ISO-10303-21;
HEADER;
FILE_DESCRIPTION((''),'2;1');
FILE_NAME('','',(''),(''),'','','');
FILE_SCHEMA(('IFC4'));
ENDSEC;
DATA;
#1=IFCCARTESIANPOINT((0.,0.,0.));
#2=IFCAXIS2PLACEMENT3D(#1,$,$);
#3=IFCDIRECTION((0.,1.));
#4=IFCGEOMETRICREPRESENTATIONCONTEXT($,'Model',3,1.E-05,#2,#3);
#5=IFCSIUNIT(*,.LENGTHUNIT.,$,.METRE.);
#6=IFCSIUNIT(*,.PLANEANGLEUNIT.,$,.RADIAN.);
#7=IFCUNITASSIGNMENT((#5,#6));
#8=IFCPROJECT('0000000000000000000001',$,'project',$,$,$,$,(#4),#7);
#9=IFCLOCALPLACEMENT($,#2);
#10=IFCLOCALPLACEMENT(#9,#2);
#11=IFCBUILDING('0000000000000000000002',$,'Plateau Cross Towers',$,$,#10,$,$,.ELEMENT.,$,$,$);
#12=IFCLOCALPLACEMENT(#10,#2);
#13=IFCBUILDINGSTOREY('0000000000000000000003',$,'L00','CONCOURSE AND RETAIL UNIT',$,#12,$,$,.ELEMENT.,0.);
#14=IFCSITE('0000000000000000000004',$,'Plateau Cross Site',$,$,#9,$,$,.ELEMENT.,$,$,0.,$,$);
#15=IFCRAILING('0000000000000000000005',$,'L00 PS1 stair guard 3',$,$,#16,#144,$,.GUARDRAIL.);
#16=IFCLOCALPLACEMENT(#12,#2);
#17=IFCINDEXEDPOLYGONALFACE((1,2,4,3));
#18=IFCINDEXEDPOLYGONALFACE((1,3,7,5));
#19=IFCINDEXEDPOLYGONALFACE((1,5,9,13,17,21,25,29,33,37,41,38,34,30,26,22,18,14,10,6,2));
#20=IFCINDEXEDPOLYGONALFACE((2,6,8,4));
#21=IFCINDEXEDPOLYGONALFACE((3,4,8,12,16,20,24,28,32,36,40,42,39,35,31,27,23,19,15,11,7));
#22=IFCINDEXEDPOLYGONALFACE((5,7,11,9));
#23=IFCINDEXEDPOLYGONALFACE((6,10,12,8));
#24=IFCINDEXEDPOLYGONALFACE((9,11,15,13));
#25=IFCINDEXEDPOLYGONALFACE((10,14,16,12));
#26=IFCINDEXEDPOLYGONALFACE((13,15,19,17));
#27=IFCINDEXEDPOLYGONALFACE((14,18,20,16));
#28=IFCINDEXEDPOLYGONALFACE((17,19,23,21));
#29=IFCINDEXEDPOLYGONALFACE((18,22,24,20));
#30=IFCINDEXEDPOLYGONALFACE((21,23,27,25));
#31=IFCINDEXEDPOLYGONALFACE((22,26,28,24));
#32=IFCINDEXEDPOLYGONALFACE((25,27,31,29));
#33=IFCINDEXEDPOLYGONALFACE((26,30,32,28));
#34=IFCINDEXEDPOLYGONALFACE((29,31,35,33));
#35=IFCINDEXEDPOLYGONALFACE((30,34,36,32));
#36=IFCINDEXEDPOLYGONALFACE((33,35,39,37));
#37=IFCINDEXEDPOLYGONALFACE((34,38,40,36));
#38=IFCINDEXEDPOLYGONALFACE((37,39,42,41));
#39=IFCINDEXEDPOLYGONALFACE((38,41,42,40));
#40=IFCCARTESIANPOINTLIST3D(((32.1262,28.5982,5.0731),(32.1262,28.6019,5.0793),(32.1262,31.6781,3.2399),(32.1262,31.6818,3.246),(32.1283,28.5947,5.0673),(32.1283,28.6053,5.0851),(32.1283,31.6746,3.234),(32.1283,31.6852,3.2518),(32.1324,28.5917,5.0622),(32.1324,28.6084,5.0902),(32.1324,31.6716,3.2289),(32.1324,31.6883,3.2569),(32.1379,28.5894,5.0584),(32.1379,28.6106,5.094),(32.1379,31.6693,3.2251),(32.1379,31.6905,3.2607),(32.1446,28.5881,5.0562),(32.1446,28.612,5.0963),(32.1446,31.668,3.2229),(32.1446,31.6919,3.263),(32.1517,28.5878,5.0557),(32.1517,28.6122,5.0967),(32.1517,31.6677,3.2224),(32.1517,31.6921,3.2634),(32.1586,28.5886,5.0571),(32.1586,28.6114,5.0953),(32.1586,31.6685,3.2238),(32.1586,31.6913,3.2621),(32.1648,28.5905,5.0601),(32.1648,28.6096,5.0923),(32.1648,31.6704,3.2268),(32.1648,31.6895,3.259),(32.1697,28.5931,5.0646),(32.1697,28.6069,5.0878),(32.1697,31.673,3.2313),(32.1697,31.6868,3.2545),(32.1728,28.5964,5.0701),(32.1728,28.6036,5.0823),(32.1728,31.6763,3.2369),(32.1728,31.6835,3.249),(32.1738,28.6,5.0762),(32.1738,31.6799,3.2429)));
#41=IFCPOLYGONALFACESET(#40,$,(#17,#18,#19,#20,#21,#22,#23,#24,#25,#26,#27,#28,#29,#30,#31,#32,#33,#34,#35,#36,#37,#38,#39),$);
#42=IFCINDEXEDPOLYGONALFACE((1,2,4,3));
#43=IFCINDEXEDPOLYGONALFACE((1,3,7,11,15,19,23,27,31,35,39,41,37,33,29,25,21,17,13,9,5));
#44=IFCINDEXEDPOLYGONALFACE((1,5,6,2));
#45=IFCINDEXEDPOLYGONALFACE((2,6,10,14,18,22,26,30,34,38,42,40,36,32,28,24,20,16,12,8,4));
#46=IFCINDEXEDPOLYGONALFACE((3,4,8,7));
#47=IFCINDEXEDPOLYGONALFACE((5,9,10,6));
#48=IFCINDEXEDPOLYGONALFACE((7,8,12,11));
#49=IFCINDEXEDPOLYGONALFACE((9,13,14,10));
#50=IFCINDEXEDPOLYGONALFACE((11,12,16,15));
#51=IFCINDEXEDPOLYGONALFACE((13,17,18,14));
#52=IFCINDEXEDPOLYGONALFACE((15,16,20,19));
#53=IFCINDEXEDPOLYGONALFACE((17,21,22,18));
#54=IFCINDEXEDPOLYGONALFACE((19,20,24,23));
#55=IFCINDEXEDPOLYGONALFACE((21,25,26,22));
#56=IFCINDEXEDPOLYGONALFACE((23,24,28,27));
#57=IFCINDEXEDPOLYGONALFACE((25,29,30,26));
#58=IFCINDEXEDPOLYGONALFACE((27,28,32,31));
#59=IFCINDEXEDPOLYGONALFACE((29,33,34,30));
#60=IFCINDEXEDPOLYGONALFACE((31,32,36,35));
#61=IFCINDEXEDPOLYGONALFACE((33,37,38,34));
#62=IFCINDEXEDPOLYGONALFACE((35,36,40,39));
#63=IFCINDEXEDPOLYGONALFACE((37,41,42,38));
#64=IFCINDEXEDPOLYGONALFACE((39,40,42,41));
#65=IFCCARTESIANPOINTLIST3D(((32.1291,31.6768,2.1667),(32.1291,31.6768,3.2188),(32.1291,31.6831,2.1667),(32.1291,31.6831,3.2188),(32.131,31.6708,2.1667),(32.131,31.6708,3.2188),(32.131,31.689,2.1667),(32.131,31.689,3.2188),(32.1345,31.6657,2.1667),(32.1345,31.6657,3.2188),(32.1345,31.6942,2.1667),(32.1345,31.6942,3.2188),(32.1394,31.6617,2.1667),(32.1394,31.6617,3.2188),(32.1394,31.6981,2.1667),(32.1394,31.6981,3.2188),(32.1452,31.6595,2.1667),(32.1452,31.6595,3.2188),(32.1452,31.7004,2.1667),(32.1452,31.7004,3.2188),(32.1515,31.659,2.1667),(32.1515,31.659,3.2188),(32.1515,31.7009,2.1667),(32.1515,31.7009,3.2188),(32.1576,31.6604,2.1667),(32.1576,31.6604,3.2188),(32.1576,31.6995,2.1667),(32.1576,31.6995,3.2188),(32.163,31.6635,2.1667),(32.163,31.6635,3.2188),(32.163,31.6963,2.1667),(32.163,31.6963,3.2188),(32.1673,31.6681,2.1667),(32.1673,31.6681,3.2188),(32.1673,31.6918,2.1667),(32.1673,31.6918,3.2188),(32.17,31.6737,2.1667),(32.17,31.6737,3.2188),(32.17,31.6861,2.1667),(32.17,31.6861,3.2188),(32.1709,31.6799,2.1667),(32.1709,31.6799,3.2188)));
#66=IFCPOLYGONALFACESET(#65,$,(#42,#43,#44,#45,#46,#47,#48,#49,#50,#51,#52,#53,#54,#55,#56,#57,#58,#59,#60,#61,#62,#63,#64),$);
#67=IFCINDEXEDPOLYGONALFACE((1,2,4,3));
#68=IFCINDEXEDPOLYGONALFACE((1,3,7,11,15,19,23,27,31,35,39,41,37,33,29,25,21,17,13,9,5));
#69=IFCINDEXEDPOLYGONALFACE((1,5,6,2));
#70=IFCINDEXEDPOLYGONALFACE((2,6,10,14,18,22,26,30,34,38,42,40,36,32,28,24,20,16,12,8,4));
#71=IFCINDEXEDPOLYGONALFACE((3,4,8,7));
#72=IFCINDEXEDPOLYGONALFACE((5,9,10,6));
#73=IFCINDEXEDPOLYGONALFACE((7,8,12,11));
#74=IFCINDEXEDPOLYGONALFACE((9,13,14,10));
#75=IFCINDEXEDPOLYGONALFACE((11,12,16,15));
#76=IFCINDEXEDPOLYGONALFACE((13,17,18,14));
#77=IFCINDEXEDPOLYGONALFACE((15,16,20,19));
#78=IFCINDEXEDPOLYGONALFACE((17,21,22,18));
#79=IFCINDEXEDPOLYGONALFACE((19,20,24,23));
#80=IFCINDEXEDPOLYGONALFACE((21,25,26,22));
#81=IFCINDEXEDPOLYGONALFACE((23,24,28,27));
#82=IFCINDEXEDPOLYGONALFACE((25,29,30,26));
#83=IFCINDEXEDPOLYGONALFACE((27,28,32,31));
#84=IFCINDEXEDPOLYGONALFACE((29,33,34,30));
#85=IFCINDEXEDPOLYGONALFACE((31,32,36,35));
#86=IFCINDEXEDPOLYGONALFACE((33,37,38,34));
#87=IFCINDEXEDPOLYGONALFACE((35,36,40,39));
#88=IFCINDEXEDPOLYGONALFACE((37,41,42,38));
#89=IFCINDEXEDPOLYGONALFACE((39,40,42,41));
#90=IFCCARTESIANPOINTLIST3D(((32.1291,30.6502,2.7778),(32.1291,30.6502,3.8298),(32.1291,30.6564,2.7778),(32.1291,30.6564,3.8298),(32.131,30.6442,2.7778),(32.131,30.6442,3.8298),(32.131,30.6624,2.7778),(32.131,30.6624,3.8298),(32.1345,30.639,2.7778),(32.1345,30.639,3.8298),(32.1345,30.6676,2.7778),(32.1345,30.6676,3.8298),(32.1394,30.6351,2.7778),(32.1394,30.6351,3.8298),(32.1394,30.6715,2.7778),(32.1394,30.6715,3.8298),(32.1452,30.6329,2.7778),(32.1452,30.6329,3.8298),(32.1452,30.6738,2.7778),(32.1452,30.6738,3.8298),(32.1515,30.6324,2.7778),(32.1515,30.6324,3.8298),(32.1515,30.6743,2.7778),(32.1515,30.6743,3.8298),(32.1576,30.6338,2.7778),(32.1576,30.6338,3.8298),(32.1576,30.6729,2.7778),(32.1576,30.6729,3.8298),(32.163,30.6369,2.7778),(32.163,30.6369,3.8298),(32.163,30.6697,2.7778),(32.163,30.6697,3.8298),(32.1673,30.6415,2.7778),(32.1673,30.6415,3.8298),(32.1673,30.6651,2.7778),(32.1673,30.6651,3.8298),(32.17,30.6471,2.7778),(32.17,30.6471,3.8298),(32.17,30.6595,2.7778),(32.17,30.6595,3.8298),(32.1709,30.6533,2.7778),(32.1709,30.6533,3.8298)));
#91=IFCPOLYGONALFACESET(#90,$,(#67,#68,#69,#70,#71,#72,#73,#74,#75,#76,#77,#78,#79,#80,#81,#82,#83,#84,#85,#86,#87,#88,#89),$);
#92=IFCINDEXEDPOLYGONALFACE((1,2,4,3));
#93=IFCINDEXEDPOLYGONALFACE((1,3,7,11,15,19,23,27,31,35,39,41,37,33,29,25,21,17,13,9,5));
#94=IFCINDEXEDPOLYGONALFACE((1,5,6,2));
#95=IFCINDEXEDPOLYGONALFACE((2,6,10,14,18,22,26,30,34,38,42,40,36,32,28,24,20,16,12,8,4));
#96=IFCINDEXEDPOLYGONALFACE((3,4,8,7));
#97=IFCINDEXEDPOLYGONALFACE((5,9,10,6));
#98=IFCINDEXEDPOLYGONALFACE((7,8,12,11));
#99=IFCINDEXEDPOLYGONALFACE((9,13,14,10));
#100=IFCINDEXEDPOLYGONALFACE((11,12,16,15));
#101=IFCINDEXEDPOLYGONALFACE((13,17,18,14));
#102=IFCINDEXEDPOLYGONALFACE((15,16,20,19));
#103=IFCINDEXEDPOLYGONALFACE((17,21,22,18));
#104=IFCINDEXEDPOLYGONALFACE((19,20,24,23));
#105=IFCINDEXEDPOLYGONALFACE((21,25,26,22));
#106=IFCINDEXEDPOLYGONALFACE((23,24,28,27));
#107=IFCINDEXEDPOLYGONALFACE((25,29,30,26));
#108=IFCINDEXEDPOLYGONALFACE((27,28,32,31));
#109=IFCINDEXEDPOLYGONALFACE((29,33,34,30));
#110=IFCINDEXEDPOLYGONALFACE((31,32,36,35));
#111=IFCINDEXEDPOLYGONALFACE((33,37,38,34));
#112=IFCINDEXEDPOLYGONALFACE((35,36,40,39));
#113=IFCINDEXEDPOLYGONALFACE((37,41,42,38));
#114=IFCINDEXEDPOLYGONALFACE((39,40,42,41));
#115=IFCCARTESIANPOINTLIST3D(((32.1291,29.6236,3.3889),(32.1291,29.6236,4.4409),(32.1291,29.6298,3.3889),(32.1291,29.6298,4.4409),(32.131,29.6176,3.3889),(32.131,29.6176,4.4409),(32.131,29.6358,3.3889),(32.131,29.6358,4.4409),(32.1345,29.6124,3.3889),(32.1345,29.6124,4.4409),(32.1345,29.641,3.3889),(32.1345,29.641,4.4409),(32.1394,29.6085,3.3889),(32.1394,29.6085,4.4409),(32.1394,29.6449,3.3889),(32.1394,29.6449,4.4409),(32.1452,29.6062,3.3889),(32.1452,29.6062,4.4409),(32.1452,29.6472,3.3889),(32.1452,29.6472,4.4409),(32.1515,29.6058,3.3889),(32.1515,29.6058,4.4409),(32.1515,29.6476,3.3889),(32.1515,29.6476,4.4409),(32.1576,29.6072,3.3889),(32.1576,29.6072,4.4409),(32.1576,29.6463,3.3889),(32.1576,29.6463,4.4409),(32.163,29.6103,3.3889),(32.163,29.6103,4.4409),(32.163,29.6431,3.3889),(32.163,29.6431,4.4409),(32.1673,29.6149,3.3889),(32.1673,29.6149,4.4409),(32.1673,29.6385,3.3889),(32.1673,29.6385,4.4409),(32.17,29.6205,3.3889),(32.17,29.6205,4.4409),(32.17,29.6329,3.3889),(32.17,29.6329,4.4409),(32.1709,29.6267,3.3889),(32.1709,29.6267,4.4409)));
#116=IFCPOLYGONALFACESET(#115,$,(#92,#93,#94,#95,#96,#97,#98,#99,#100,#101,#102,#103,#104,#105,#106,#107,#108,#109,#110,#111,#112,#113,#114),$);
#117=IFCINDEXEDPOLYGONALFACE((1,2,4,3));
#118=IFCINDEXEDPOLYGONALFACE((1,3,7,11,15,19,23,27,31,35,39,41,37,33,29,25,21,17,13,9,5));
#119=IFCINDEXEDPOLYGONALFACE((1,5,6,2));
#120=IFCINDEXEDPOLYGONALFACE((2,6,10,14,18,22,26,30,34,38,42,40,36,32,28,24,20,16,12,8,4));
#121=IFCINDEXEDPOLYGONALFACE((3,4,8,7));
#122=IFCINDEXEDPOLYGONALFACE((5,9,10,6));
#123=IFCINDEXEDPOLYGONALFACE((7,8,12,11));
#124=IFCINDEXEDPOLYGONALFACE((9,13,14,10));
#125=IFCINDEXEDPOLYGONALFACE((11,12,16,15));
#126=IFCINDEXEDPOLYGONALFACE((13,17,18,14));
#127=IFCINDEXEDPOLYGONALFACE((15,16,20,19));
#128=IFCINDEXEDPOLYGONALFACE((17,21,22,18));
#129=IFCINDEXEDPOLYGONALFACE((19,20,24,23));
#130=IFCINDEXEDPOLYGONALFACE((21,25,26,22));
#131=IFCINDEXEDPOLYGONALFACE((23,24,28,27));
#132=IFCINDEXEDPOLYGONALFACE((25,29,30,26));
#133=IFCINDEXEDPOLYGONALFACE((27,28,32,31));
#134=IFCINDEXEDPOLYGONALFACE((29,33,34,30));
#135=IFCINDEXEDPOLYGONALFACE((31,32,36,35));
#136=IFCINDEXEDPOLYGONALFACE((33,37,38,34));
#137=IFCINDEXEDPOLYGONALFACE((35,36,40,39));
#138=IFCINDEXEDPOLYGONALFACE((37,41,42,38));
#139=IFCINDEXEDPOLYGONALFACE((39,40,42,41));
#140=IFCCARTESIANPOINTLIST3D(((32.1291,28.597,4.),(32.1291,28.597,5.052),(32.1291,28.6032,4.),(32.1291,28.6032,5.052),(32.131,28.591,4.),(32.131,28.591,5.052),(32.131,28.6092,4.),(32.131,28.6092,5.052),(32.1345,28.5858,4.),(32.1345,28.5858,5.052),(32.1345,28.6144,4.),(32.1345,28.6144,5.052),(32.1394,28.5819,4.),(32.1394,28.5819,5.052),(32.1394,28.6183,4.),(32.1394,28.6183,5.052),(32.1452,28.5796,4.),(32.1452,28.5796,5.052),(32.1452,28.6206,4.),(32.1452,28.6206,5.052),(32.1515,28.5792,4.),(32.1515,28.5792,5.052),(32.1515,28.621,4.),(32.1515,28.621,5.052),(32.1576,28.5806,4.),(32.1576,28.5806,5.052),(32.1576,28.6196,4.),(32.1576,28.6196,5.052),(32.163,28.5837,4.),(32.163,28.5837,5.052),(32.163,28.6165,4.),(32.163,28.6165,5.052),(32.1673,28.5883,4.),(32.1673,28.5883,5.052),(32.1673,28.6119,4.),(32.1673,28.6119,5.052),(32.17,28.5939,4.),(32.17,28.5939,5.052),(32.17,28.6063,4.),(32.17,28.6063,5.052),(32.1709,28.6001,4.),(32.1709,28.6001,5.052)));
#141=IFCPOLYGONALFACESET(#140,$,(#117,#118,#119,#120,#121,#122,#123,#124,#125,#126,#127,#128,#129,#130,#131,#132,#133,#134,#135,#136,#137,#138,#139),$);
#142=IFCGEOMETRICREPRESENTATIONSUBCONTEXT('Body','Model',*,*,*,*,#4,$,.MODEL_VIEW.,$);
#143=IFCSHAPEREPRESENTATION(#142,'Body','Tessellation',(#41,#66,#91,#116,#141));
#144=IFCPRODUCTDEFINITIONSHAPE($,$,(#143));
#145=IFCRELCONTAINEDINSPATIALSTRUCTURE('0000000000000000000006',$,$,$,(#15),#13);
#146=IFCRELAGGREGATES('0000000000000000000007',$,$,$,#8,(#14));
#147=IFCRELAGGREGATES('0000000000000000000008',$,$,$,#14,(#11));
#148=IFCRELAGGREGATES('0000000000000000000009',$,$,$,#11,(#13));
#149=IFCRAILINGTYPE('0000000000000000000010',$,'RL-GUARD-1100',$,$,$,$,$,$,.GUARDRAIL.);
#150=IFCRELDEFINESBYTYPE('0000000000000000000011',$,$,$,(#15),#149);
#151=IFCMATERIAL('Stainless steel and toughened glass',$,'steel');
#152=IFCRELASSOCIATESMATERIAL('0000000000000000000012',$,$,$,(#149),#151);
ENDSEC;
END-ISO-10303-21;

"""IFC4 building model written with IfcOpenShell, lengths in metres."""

from ifc_helpers import new_model, si_unit, direction, frame, origin, origin_2d, place, context, subcontext, project, spatial, circle, extrude, material, type_object, element, save


model = new_model("IFC4")

# Units and contexts
model_context = context("Model", 3, precision=1e-05, world=origin(), true_north=direction((0.0, 1.0)))
body_context = subcontext(model_context, "Body", "Model", "MODEL_VIEW")
ifc_project = project(units=[si_unit("LENGTHUNIT", "METRE"), si_unit("PLANEANGLEUNIT", "RADIAN")], contexts=[model_context])

# Site, building, storey
site_placement = place(None, origin())
site = spatial("IfcSite", under=ifc_project, at=site_placement, Name="Plateau Cross Site", CompositionType="ELEMENT", RefElevation=0.0)
building_placement = place(site_placement, origin())
building = spatial("IfcBuilding", under=site, at=building_placement, Name="Plateau Cross Towers", CompositionType="ELEMENT")
storey_placement = place(building_placement, origin())
storey = spatial("IfcBuildingStorey", under=building, at=storey_placement, Name="L00", Description="CONCOURSE AND RETAIL UNIT", CompositionType="ELEMENT", Elevation=0.0)

# Railing
ifc_material_1 = material(Name="Stainless steel and toughened glass", Category="steel")
railing_type_1 = type_object("IfcRailingType", Name="RL-GUARD-1100", PredefinedType="GUARDRAIL", material=ifc_material_1)
railing_1_placement = place(storey_placement, frame((32.1499, 31.6799, 2.1667)))
element("IfcRailing", 1, at=railing_1_placement, inside=storey, type_object=railing_type_1, Name="L00 PS1 stair guard 3", PredefinedType="GUARDRAIL", context=body_context, shape_type="SweptSolid", body=[
    extrude(circle(Radius=0.0239, at=origin_2d()), frame((0.0, 0.0, 1.0762), z_axis=(0.0, -0.859291, 0.511487), x_axis=(1.0, 0.0, 0.0)), (0.0, 0.0, 1.0), 3.5842),
    extrude(circle(Radius=0.021, at=origin_2d()), origin(), (0.0, 0.0, 1.0), 1.052),
    extrude(circle(Radius=0.021, at=origin_2d()), frame((0.0, -1.0266, 0.6111)), (0.0, 0.0, 1.0), 1.052),
    extrude(circle(Radius=0.021, at=origin_2d()), frame((0.0, -2.0532, 1.2222)), (0.0, 0.0, 1.0), 1.052),
    extrude(circle(Radius=0.021, at=origin_2d()), frame((0.0, -3.0798, 1.8333)), (0.0, 0.0, 1.0), 1.052),
])

save(model, "model.ifc")
